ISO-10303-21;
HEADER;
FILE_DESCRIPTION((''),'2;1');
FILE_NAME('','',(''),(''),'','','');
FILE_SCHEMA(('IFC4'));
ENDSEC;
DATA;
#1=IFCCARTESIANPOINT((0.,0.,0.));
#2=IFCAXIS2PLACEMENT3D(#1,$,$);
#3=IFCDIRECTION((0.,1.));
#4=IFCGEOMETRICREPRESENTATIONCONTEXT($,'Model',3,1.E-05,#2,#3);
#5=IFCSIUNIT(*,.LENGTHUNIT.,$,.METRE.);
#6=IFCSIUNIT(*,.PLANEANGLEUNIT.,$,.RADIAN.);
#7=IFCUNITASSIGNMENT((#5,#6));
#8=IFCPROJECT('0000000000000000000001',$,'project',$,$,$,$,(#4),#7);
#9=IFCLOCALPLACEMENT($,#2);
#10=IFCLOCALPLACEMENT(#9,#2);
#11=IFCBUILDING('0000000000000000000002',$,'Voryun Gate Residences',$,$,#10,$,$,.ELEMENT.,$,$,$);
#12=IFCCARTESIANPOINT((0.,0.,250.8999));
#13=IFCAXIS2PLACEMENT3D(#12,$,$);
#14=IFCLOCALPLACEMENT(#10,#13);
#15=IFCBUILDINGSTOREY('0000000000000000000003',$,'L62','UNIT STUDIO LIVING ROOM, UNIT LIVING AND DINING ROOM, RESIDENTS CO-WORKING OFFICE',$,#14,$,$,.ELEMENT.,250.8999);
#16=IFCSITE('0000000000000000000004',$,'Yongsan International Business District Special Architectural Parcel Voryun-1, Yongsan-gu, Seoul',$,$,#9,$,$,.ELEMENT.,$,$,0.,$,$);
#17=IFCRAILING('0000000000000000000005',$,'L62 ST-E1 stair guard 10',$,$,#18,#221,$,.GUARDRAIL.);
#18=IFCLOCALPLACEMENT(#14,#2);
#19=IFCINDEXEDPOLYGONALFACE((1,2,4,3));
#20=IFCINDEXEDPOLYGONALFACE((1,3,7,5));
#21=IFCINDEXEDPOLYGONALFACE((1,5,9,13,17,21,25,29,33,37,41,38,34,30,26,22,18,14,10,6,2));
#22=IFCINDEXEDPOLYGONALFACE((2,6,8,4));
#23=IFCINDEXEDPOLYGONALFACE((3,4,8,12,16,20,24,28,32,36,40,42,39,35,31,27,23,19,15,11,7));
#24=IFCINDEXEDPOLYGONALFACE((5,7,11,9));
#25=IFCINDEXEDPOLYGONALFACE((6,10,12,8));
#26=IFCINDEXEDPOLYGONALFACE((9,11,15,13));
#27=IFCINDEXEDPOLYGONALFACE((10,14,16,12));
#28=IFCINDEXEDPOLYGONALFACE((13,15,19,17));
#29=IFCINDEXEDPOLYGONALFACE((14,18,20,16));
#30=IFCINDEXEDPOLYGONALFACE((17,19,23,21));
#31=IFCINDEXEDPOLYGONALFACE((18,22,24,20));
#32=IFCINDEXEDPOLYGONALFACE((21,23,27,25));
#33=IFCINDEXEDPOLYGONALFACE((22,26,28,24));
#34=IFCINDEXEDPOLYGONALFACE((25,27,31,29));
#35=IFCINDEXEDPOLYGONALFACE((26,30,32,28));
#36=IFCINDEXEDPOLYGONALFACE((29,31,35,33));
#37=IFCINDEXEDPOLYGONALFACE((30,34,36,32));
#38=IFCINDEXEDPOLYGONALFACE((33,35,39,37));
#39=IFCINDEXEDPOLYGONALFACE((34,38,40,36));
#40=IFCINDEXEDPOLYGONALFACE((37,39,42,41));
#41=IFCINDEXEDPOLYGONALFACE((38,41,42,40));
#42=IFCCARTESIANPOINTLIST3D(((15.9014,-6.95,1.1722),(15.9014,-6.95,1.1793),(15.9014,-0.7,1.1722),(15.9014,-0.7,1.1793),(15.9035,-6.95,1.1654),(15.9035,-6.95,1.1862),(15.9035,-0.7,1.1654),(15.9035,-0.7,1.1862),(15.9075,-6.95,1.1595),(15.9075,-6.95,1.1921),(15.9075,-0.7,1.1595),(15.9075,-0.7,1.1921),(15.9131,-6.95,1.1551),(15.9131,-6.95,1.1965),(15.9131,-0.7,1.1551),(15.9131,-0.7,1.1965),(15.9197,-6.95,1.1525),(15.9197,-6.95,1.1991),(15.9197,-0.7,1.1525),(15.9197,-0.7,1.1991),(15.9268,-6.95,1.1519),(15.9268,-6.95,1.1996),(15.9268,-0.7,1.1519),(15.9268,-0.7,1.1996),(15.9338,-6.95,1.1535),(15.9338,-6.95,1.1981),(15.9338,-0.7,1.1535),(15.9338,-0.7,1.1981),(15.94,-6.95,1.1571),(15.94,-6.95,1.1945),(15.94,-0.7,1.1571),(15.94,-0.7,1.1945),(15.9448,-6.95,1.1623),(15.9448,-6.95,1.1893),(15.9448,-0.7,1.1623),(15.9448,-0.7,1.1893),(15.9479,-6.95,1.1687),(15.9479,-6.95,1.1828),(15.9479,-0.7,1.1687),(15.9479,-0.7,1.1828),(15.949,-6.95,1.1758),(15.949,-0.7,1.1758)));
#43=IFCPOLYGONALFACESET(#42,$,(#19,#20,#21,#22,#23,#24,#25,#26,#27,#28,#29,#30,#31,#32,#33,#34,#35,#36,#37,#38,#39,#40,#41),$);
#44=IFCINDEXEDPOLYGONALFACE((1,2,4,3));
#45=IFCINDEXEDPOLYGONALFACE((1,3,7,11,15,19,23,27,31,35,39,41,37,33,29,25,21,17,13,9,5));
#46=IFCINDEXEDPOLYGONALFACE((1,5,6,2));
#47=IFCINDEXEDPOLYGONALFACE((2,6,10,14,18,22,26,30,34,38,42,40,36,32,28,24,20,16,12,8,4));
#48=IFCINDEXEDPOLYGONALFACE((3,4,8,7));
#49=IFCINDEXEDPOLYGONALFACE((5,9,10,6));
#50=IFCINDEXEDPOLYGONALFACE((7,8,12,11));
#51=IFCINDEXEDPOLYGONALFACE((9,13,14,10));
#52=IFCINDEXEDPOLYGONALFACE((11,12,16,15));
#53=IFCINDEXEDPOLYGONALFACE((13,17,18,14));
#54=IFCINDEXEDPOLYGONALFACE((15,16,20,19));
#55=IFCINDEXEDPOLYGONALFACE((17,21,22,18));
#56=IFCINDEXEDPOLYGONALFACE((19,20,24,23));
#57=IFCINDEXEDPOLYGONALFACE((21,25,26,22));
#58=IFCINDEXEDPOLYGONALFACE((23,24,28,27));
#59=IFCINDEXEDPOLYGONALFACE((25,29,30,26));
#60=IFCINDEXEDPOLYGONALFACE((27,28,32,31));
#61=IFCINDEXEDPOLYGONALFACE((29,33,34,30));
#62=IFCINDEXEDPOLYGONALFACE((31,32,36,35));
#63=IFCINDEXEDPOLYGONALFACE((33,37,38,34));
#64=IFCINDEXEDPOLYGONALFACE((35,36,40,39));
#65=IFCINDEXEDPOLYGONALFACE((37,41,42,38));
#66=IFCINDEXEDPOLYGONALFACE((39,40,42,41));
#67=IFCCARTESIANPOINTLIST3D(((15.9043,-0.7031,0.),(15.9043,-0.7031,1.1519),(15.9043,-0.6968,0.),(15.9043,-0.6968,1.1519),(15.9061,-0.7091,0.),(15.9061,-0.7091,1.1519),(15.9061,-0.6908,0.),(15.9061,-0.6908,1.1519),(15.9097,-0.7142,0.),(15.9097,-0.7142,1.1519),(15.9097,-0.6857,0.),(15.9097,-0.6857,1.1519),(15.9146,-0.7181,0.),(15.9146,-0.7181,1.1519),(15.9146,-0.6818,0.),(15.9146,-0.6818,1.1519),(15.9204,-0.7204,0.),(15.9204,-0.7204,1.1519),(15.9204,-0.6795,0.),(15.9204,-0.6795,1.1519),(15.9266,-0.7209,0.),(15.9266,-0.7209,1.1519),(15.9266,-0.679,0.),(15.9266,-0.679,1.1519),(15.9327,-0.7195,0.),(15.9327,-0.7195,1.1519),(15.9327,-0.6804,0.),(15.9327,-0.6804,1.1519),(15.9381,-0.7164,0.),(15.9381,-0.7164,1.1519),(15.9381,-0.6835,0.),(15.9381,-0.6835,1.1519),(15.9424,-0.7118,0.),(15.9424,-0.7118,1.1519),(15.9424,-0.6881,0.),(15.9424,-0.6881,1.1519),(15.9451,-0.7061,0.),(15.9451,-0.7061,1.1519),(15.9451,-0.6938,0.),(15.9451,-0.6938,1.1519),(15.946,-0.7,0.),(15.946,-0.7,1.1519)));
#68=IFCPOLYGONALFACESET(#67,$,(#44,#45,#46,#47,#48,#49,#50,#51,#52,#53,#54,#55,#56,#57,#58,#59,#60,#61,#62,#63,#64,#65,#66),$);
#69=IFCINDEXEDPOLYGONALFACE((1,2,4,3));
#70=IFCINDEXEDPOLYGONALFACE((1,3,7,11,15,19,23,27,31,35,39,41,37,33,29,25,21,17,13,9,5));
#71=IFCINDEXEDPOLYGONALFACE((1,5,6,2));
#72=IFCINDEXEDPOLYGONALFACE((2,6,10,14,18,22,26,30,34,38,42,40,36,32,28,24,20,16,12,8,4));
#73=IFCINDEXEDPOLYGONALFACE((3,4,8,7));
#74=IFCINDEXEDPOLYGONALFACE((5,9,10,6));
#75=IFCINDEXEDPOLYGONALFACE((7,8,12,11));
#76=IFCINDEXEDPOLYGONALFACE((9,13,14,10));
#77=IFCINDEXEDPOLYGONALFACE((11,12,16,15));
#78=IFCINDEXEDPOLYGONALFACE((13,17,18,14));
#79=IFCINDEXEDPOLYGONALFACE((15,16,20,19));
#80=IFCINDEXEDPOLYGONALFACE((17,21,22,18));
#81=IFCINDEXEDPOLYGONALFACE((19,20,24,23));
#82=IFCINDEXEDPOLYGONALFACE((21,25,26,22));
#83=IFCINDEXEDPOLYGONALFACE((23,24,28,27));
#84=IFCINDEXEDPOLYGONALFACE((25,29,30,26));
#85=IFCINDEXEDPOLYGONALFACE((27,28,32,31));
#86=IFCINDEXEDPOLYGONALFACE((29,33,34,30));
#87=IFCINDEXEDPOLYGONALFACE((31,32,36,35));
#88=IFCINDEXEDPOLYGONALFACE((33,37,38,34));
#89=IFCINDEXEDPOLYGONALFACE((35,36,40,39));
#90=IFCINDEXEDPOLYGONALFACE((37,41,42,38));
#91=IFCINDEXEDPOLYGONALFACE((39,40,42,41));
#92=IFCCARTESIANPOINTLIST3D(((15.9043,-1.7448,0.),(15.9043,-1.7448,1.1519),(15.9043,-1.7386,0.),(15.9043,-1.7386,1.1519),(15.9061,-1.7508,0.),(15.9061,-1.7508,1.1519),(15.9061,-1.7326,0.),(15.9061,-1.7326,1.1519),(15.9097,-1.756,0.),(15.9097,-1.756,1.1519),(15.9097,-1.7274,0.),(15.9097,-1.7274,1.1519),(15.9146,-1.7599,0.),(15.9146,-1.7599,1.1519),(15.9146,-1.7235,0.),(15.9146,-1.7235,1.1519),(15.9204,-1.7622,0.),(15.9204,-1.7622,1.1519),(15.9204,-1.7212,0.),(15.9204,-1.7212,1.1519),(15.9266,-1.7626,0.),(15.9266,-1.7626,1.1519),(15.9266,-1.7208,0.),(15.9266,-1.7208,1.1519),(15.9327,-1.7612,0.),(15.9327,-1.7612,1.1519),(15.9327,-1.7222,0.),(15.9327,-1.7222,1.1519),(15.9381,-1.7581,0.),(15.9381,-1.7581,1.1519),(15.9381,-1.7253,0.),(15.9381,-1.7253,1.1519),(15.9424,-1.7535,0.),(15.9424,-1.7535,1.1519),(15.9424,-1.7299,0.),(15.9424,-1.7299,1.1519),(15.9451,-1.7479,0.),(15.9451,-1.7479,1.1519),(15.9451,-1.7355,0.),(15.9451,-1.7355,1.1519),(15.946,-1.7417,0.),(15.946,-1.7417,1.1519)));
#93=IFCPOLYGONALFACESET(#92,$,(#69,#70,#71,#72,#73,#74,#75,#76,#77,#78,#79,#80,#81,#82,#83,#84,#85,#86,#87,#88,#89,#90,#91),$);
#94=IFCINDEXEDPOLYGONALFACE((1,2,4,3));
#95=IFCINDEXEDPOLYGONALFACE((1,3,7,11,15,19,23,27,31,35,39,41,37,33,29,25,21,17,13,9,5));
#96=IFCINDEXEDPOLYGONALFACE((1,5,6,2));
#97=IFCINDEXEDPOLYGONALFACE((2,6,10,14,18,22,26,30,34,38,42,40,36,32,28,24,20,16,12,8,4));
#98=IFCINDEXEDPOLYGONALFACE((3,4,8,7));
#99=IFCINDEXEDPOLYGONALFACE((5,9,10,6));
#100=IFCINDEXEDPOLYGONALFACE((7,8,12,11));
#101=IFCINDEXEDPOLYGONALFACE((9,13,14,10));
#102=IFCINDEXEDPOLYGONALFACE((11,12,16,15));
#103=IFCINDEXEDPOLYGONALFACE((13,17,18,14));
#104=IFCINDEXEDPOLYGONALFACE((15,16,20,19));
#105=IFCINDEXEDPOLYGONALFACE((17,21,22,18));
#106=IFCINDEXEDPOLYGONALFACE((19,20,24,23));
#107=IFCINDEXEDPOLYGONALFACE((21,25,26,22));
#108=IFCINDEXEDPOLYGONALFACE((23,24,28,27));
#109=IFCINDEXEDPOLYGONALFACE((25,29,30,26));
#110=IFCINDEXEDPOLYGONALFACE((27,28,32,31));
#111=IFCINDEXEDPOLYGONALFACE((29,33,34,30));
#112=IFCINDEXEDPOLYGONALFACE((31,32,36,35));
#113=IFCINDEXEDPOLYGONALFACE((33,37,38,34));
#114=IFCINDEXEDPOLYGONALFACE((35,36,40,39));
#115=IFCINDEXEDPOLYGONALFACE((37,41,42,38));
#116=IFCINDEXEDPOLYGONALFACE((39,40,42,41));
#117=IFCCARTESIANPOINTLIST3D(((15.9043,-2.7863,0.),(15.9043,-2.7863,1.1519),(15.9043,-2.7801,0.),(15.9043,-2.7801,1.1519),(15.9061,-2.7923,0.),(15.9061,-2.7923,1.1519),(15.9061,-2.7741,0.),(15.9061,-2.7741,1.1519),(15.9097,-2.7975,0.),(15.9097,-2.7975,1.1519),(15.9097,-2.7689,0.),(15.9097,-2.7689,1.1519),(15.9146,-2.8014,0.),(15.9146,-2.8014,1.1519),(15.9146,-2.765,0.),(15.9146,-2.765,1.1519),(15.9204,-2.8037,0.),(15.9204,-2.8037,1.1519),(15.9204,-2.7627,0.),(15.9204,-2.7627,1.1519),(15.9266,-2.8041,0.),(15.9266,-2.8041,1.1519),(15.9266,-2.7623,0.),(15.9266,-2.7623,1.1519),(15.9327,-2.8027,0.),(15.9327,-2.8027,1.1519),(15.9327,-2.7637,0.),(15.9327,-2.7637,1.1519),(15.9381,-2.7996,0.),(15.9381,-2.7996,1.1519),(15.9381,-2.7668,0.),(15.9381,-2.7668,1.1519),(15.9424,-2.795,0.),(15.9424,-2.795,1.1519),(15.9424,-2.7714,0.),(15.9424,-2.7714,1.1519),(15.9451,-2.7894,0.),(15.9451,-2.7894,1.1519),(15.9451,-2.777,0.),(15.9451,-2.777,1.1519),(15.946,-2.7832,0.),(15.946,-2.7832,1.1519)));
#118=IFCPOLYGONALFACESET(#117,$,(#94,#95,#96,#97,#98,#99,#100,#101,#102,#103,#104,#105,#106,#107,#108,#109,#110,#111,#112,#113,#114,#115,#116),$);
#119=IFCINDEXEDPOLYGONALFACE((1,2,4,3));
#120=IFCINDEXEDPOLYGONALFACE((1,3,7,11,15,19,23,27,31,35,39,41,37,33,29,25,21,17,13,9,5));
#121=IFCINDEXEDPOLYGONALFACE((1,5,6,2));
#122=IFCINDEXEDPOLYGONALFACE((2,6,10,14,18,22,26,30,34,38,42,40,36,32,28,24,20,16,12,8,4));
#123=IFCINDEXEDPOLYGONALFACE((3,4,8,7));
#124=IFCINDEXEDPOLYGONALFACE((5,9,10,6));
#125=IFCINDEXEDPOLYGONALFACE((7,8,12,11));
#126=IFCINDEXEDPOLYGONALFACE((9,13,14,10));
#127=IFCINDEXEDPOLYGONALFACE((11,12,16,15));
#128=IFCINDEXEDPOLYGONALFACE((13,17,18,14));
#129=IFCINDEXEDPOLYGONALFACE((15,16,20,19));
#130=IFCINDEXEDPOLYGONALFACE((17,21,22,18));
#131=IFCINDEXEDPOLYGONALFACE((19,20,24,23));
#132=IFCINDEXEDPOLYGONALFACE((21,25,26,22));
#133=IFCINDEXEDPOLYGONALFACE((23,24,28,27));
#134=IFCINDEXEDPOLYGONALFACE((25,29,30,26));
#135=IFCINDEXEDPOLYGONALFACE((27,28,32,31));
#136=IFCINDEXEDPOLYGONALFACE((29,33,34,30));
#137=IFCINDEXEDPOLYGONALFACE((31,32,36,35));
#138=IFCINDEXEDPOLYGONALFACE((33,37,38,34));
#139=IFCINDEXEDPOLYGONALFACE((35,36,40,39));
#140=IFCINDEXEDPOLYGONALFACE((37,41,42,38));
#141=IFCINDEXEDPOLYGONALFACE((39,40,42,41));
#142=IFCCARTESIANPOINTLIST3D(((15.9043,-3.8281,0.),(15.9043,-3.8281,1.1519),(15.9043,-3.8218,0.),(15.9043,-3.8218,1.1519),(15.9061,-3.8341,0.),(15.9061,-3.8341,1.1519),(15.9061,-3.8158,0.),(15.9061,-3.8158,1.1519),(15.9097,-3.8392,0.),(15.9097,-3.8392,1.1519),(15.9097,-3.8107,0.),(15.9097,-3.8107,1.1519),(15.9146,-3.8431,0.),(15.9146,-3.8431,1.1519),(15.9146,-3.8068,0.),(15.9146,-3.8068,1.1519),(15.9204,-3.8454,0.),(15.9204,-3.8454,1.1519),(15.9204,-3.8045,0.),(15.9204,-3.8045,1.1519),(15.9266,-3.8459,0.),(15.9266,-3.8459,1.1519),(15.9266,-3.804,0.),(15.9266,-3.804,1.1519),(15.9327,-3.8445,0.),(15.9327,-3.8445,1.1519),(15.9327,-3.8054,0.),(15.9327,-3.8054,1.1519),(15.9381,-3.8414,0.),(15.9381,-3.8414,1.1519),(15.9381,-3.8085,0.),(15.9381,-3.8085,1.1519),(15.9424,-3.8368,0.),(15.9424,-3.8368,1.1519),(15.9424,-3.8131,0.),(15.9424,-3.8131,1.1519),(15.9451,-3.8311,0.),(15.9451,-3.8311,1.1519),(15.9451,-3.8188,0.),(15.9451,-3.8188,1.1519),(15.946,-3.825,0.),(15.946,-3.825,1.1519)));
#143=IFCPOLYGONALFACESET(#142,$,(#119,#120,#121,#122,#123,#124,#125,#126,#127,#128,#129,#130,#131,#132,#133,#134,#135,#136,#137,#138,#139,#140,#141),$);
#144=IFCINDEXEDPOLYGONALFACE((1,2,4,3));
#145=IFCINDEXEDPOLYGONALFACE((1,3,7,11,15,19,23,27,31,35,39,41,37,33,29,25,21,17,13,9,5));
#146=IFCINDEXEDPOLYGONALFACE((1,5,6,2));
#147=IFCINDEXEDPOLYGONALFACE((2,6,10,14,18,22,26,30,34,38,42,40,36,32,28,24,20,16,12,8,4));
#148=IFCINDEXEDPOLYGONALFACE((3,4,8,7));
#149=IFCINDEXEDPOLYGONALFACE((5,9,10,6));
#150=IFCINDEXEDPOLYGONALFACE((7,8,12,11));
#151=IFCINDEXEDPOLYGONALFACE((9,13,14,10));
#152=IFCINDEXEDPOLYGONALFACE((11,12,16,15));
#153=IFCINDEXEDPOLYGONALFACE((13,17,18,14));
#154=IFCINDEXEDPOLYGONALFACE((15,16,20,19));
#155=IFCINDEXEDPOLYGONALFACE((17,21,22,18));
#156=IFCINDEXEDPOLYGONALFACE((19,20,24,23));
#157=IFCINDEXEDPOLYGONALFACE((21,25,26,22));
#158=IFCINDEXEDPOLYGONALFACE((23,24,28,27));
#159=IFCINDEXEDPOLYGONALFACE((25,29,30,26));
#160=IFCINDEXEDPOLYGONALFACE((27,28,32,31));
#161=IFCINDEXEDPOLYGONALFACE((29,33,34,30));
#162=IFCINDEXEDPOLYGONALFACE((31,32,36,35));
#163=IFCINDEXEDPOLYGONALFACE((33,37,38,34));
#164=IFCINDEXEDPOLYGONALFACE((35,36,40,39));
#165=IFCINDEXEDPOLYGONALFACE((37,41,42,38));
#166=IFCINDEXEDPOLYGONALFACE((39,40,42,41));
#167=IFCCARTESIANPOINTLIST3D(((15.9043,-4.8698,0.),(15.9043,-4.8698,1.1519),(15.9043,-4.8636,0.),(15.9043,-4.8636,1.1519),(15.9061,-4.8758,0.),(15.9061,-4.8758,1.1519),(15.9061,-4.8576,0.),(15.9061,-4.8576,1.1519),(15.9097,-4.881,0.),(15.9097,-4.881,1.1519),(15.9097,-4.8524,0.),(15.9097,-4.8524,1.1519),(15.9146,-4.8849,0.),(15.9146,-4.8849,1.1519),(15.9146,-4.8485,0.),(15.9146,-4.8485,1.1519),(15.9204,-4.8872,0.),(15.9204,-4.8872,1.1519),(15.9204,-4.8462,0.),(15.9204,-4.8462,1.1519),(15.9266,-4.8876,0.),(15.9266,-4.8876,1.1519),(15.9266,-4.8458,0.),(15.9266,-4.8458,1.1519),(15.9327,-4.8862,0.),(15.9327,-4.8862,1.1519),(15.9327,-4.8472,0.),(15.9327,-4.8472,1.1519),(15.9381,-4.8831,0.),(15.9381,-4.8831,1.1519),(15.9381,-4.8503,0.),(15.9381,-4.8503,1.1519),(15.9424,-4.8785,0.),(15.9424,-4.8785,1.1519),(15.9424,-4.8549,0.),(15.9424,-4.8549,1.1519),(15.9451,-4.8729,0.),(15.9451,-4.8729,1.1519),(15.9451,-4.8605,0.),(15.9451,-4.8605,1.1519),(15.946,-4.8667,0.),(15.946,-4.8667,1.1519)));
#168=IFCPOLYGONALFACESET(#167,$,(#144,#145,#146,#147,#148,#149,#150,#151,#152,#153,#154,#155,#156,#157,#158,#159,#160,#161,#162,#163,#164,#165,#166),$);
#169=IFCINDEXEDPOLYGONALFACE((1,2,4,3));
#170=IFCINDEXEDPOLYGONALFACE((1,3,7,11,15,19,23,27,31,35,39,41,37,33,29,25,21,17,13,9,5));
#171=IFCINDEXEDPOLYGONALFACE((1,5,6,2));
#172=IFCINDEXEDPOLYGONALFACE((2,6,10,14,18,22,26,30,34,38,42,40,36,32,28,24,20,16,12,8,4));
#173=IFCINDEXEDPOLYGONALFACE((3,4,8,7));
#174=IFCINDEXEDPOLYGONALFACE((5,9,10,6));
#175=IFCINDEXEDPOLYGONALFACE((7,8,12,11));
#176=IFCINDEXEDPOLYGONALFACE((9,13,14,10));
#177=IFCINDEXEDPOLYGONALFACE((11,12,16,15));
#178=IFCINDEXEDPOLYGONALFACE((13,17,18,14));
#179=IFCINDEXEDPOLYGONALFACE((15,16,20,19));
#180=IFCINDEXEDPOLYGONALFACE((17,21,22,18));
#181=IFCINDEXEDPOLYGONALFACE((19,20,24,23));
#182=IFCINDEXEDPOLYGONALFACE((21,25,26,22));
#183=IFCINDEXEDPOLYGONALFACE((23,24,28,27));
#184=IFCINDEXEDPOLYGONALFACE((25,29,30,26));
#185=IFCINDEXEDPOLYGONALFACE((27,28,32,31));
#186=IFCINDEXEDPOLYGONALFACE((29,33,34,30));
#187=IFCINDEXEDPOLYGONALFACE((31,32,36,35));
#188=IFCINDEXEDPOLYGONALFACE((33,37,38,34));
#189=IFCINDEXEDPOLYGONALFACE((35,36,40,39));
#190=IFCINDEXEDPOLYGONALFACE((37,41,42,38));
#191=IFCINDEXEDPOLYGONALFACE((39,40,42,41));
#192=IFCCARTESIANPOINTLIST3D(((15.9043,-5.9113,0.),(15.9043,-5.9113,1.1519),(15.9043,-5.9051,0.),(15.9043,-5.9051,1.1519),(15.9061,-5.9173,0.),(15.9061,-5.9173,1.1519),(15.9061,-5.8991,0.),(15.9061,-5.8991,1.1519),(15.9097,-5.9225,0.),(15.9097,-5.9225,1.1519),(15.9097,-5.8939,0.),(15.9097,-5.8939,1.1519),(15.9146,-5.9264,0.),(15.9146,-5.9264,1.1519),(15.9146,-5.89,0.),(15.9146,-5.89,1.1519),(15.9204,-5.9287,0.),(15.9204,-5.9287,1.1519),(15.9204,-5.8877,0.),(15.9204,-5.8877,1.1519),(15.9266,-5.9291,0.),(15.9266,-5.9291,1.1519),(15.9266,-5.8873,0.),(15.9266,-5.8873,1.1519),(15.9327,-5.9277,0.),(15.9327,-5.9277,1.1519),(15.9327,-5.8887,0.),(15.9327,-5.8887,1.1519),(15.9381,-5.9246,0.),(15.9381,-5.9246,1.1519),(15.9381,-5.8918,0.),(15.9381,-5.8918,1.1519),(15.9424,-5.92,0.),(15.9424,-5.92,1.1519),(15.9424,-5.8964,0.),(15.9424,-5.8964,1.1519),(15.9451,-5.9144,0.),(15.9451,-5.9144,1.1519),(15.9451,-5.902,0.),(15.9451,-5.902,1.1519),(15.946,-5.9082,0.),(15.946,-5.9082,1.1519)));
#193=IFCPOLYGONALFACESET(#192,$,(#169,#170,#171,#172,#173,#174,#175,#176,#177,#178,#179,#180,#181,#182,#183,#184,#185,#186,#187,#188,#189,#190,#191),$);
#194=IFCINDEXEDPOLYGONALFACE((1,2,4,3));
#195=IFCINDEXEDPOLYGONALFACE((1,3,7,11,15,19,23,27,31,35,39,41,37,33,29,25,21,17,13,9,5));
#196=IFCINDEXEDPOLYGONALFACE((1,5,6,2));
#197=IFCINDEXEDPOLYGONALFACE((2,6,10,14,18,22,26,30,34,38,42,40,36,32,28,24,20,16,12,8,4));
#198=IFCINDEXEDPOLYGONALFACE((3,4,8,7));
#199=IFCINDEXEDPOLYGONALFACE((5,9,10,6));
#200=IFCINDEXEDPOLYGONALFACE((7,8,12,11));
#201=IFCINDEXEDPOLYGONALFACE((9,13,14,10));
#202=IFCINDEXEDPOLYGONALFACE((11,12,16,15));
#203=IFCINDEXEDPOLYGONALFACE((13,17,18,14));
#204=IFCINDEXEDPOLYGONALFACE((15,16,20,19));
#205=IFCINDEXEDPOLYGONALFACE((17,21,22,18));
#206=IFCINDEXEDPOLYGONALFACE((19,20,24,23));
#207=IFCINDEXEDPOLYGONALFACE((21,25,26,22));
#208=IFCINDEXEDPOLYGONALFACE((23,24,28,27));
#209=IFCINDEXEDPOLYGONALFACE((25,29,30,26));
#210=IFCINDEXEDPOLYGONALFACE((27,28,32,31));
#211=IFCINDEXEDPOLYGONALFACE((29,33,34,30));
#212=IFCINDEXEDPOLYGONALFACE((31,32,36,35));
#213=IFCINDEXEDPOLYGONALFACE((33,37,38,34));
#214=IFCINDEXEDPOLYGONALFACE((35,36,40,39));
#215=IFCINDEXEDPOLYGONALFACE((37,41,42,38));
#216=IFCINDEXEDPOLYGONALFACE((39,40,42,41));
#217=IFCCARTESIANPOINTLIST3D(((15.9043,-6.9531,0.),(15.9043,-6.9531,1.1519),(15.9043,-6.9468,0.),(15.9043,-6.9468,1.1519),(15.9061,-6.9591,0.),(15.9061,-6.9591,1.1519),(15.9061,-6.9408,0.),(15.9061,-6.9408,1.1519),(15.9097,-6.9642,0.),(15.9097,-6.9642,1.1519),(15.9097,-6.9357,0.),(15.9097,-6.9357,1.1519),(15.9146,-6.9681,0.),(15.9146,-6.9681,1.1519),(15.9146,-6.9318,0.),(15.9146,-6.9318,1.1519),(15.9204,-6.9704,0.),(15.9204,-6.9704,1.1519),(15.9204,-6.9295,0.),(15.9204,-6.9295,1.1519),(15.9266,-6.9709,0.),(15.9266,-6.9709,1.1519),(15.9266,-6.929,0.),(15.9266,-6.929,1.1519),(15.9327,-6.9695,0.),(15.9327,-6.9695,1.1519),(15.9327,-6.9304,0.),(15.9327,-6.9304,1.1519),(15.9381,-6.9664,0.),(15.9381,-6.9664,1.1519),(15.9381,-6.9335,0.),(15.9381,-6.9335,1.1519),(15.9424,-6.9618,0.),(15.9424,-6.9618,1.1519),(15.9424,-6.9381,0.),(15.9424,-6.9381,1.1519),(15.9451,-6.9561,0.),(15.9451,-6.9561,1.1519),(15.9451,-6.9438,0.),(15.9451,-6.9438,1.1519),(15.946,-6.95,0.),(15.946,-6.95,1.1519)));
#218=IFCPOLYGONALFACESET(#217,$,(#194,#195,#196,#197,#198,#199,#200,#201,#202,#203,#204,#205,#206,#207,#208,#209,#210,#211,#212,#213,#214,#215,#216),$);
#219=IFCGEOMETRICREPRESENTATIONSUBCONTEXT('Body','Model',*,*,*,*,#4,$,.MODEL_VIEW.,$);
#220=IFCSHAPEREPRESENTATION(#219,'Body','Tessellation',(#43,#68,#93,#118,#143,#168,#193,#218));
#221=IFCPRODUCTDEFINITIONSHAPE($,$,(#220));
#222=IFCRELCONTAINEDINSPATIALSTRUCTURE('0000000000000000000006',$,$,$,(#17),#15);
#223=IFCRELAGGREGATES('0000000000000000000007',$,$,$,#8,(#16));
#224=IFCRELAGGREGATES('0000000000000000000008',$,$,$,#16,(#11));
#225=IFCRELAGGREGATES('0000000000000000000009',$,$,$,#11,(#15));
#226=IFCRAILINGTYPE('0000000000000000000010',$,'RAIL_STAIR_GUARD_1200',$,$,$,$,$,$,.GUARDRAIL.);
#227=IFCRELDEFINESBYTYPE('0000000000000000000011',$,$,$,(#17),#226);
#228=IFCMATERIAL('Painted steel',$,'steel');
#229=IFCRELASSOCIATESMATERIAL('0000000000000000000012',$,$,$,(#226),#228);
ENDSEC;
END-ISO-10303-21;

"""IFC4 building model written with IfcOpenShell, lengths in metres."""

from ifc_helpers import new_model, si_unit, direction, frame, origin, origin_2d, place, context, subcontext, project, spatial, circle, extrude, material, type_object, element, save


model = new_model("IFC4")

# Units and contexts
model_context = context("Model", 3, precision=1e-05, world=origin(), true_north=direction((0.0, 1.0)))
body_context = subcontext(model_context, "Body", "Model", "MODEL_VIEW")
ifc_project = project(units=[si_unit("LENGTHUNIT", "METRE"), si_unit("PLANEANGLEUNIT", "RADIAN")], contexts=[model_context])

# Site, building, storey
site_placement = place(None, origin())
site = spatial("IfcSite", under=ifc_project, at=site_placement, Name="Yongsan International Business District Special Architectural Parcel Voryun-1, Yongsan-gu, Seoul", CompositionType="ELEMENT", RefElevation=0.0)
building_placement = place(site_placement, origin())
building = spatial("IfcBuilding", under=site, at=building_placement, Name="Voryun Gate Residences", CompositionType="ELEMENT")
storey_placement = place(building_placement, frame((0.0, 0.0, 250.8999)))
storey = spatial("IfcBuildingStorey", under=building, at=storey_placement, Name="L62", Description="UNIT STUDIO LIVING ROOM, UNIT LIVING AND DINING ROOM, RESIDENTS CO-WORKING OFFICE", CompositionType="ELEMENT", Elevation=250.8999)

# Railing
ifc_material_1 = material(Name="Painted steel", Category="steel")
railing_type_1 = type_object("IfcRailingType", Name="RAIL_STAIR_GUARD_1200", PredefinedType="GUARDRAIL", material=ifc_material_1)
railing_1_placement = place(storey_placement, frame((15.925, -0.7, 0.0)))
element("IfcRailing", 1, at=railing_1_placement, inside=storey, type_object=railing_type_1, Name="L62 ST-E1 stair guard 10", PredefinedType="GUARDRAIL", context=body_context, shape_type="SweptSolid", body=[
    extrude(circle(Radius=0.0239, at=origin_2d()), frame((0.0, 0.0, 1.1758), z_axis=(0.0, -1.0, 0.0), x_axis=(1.0, 0.0, 0.0)), (0.0, 0.0, 1.0), 6.25),
    extrude(circle(Radius=0.021, at=origin_2d()), origin(), (0.0, 0.0, 1.0), 1.1519),
    extrude(circle(Radius=0.021, at=origin_2d()), frame((0.0, -1.0417, 0.0)), (0.0, 0.0, 1.0), 1.1519),
    extrude(circle(Radius=0.021, at=origin_2d()), frame((0.0, -2.0833, 0.0)), (0.0, 0.0, 1.0), 1.1519),
    extrude(circle(Radius=0.021, at=origin_2d()), frame((0.0, -3.125, 0.0)), (0.0, 0.0, 1.0), 1.1519),
    extrude(circle(Radius=0.021, at=origin_2d()), frame((0.0, -4.1667, 0.0)), (0.0, 0.0, 1.0), 1.1519),
    extrude(circle(Radius=0.021, at=origin_2d()), frame((0.0, -5.2083, 0.0)), (0.0, 0.0, 1.0), 1.1519),
    extrude(circle(Radius=0.021, at=origin_2d()), frame((0.0, -6.25, 0.0)), (0.0, 0.0, 1.0), 1.1519),
])

save(model, "model.ifc")
